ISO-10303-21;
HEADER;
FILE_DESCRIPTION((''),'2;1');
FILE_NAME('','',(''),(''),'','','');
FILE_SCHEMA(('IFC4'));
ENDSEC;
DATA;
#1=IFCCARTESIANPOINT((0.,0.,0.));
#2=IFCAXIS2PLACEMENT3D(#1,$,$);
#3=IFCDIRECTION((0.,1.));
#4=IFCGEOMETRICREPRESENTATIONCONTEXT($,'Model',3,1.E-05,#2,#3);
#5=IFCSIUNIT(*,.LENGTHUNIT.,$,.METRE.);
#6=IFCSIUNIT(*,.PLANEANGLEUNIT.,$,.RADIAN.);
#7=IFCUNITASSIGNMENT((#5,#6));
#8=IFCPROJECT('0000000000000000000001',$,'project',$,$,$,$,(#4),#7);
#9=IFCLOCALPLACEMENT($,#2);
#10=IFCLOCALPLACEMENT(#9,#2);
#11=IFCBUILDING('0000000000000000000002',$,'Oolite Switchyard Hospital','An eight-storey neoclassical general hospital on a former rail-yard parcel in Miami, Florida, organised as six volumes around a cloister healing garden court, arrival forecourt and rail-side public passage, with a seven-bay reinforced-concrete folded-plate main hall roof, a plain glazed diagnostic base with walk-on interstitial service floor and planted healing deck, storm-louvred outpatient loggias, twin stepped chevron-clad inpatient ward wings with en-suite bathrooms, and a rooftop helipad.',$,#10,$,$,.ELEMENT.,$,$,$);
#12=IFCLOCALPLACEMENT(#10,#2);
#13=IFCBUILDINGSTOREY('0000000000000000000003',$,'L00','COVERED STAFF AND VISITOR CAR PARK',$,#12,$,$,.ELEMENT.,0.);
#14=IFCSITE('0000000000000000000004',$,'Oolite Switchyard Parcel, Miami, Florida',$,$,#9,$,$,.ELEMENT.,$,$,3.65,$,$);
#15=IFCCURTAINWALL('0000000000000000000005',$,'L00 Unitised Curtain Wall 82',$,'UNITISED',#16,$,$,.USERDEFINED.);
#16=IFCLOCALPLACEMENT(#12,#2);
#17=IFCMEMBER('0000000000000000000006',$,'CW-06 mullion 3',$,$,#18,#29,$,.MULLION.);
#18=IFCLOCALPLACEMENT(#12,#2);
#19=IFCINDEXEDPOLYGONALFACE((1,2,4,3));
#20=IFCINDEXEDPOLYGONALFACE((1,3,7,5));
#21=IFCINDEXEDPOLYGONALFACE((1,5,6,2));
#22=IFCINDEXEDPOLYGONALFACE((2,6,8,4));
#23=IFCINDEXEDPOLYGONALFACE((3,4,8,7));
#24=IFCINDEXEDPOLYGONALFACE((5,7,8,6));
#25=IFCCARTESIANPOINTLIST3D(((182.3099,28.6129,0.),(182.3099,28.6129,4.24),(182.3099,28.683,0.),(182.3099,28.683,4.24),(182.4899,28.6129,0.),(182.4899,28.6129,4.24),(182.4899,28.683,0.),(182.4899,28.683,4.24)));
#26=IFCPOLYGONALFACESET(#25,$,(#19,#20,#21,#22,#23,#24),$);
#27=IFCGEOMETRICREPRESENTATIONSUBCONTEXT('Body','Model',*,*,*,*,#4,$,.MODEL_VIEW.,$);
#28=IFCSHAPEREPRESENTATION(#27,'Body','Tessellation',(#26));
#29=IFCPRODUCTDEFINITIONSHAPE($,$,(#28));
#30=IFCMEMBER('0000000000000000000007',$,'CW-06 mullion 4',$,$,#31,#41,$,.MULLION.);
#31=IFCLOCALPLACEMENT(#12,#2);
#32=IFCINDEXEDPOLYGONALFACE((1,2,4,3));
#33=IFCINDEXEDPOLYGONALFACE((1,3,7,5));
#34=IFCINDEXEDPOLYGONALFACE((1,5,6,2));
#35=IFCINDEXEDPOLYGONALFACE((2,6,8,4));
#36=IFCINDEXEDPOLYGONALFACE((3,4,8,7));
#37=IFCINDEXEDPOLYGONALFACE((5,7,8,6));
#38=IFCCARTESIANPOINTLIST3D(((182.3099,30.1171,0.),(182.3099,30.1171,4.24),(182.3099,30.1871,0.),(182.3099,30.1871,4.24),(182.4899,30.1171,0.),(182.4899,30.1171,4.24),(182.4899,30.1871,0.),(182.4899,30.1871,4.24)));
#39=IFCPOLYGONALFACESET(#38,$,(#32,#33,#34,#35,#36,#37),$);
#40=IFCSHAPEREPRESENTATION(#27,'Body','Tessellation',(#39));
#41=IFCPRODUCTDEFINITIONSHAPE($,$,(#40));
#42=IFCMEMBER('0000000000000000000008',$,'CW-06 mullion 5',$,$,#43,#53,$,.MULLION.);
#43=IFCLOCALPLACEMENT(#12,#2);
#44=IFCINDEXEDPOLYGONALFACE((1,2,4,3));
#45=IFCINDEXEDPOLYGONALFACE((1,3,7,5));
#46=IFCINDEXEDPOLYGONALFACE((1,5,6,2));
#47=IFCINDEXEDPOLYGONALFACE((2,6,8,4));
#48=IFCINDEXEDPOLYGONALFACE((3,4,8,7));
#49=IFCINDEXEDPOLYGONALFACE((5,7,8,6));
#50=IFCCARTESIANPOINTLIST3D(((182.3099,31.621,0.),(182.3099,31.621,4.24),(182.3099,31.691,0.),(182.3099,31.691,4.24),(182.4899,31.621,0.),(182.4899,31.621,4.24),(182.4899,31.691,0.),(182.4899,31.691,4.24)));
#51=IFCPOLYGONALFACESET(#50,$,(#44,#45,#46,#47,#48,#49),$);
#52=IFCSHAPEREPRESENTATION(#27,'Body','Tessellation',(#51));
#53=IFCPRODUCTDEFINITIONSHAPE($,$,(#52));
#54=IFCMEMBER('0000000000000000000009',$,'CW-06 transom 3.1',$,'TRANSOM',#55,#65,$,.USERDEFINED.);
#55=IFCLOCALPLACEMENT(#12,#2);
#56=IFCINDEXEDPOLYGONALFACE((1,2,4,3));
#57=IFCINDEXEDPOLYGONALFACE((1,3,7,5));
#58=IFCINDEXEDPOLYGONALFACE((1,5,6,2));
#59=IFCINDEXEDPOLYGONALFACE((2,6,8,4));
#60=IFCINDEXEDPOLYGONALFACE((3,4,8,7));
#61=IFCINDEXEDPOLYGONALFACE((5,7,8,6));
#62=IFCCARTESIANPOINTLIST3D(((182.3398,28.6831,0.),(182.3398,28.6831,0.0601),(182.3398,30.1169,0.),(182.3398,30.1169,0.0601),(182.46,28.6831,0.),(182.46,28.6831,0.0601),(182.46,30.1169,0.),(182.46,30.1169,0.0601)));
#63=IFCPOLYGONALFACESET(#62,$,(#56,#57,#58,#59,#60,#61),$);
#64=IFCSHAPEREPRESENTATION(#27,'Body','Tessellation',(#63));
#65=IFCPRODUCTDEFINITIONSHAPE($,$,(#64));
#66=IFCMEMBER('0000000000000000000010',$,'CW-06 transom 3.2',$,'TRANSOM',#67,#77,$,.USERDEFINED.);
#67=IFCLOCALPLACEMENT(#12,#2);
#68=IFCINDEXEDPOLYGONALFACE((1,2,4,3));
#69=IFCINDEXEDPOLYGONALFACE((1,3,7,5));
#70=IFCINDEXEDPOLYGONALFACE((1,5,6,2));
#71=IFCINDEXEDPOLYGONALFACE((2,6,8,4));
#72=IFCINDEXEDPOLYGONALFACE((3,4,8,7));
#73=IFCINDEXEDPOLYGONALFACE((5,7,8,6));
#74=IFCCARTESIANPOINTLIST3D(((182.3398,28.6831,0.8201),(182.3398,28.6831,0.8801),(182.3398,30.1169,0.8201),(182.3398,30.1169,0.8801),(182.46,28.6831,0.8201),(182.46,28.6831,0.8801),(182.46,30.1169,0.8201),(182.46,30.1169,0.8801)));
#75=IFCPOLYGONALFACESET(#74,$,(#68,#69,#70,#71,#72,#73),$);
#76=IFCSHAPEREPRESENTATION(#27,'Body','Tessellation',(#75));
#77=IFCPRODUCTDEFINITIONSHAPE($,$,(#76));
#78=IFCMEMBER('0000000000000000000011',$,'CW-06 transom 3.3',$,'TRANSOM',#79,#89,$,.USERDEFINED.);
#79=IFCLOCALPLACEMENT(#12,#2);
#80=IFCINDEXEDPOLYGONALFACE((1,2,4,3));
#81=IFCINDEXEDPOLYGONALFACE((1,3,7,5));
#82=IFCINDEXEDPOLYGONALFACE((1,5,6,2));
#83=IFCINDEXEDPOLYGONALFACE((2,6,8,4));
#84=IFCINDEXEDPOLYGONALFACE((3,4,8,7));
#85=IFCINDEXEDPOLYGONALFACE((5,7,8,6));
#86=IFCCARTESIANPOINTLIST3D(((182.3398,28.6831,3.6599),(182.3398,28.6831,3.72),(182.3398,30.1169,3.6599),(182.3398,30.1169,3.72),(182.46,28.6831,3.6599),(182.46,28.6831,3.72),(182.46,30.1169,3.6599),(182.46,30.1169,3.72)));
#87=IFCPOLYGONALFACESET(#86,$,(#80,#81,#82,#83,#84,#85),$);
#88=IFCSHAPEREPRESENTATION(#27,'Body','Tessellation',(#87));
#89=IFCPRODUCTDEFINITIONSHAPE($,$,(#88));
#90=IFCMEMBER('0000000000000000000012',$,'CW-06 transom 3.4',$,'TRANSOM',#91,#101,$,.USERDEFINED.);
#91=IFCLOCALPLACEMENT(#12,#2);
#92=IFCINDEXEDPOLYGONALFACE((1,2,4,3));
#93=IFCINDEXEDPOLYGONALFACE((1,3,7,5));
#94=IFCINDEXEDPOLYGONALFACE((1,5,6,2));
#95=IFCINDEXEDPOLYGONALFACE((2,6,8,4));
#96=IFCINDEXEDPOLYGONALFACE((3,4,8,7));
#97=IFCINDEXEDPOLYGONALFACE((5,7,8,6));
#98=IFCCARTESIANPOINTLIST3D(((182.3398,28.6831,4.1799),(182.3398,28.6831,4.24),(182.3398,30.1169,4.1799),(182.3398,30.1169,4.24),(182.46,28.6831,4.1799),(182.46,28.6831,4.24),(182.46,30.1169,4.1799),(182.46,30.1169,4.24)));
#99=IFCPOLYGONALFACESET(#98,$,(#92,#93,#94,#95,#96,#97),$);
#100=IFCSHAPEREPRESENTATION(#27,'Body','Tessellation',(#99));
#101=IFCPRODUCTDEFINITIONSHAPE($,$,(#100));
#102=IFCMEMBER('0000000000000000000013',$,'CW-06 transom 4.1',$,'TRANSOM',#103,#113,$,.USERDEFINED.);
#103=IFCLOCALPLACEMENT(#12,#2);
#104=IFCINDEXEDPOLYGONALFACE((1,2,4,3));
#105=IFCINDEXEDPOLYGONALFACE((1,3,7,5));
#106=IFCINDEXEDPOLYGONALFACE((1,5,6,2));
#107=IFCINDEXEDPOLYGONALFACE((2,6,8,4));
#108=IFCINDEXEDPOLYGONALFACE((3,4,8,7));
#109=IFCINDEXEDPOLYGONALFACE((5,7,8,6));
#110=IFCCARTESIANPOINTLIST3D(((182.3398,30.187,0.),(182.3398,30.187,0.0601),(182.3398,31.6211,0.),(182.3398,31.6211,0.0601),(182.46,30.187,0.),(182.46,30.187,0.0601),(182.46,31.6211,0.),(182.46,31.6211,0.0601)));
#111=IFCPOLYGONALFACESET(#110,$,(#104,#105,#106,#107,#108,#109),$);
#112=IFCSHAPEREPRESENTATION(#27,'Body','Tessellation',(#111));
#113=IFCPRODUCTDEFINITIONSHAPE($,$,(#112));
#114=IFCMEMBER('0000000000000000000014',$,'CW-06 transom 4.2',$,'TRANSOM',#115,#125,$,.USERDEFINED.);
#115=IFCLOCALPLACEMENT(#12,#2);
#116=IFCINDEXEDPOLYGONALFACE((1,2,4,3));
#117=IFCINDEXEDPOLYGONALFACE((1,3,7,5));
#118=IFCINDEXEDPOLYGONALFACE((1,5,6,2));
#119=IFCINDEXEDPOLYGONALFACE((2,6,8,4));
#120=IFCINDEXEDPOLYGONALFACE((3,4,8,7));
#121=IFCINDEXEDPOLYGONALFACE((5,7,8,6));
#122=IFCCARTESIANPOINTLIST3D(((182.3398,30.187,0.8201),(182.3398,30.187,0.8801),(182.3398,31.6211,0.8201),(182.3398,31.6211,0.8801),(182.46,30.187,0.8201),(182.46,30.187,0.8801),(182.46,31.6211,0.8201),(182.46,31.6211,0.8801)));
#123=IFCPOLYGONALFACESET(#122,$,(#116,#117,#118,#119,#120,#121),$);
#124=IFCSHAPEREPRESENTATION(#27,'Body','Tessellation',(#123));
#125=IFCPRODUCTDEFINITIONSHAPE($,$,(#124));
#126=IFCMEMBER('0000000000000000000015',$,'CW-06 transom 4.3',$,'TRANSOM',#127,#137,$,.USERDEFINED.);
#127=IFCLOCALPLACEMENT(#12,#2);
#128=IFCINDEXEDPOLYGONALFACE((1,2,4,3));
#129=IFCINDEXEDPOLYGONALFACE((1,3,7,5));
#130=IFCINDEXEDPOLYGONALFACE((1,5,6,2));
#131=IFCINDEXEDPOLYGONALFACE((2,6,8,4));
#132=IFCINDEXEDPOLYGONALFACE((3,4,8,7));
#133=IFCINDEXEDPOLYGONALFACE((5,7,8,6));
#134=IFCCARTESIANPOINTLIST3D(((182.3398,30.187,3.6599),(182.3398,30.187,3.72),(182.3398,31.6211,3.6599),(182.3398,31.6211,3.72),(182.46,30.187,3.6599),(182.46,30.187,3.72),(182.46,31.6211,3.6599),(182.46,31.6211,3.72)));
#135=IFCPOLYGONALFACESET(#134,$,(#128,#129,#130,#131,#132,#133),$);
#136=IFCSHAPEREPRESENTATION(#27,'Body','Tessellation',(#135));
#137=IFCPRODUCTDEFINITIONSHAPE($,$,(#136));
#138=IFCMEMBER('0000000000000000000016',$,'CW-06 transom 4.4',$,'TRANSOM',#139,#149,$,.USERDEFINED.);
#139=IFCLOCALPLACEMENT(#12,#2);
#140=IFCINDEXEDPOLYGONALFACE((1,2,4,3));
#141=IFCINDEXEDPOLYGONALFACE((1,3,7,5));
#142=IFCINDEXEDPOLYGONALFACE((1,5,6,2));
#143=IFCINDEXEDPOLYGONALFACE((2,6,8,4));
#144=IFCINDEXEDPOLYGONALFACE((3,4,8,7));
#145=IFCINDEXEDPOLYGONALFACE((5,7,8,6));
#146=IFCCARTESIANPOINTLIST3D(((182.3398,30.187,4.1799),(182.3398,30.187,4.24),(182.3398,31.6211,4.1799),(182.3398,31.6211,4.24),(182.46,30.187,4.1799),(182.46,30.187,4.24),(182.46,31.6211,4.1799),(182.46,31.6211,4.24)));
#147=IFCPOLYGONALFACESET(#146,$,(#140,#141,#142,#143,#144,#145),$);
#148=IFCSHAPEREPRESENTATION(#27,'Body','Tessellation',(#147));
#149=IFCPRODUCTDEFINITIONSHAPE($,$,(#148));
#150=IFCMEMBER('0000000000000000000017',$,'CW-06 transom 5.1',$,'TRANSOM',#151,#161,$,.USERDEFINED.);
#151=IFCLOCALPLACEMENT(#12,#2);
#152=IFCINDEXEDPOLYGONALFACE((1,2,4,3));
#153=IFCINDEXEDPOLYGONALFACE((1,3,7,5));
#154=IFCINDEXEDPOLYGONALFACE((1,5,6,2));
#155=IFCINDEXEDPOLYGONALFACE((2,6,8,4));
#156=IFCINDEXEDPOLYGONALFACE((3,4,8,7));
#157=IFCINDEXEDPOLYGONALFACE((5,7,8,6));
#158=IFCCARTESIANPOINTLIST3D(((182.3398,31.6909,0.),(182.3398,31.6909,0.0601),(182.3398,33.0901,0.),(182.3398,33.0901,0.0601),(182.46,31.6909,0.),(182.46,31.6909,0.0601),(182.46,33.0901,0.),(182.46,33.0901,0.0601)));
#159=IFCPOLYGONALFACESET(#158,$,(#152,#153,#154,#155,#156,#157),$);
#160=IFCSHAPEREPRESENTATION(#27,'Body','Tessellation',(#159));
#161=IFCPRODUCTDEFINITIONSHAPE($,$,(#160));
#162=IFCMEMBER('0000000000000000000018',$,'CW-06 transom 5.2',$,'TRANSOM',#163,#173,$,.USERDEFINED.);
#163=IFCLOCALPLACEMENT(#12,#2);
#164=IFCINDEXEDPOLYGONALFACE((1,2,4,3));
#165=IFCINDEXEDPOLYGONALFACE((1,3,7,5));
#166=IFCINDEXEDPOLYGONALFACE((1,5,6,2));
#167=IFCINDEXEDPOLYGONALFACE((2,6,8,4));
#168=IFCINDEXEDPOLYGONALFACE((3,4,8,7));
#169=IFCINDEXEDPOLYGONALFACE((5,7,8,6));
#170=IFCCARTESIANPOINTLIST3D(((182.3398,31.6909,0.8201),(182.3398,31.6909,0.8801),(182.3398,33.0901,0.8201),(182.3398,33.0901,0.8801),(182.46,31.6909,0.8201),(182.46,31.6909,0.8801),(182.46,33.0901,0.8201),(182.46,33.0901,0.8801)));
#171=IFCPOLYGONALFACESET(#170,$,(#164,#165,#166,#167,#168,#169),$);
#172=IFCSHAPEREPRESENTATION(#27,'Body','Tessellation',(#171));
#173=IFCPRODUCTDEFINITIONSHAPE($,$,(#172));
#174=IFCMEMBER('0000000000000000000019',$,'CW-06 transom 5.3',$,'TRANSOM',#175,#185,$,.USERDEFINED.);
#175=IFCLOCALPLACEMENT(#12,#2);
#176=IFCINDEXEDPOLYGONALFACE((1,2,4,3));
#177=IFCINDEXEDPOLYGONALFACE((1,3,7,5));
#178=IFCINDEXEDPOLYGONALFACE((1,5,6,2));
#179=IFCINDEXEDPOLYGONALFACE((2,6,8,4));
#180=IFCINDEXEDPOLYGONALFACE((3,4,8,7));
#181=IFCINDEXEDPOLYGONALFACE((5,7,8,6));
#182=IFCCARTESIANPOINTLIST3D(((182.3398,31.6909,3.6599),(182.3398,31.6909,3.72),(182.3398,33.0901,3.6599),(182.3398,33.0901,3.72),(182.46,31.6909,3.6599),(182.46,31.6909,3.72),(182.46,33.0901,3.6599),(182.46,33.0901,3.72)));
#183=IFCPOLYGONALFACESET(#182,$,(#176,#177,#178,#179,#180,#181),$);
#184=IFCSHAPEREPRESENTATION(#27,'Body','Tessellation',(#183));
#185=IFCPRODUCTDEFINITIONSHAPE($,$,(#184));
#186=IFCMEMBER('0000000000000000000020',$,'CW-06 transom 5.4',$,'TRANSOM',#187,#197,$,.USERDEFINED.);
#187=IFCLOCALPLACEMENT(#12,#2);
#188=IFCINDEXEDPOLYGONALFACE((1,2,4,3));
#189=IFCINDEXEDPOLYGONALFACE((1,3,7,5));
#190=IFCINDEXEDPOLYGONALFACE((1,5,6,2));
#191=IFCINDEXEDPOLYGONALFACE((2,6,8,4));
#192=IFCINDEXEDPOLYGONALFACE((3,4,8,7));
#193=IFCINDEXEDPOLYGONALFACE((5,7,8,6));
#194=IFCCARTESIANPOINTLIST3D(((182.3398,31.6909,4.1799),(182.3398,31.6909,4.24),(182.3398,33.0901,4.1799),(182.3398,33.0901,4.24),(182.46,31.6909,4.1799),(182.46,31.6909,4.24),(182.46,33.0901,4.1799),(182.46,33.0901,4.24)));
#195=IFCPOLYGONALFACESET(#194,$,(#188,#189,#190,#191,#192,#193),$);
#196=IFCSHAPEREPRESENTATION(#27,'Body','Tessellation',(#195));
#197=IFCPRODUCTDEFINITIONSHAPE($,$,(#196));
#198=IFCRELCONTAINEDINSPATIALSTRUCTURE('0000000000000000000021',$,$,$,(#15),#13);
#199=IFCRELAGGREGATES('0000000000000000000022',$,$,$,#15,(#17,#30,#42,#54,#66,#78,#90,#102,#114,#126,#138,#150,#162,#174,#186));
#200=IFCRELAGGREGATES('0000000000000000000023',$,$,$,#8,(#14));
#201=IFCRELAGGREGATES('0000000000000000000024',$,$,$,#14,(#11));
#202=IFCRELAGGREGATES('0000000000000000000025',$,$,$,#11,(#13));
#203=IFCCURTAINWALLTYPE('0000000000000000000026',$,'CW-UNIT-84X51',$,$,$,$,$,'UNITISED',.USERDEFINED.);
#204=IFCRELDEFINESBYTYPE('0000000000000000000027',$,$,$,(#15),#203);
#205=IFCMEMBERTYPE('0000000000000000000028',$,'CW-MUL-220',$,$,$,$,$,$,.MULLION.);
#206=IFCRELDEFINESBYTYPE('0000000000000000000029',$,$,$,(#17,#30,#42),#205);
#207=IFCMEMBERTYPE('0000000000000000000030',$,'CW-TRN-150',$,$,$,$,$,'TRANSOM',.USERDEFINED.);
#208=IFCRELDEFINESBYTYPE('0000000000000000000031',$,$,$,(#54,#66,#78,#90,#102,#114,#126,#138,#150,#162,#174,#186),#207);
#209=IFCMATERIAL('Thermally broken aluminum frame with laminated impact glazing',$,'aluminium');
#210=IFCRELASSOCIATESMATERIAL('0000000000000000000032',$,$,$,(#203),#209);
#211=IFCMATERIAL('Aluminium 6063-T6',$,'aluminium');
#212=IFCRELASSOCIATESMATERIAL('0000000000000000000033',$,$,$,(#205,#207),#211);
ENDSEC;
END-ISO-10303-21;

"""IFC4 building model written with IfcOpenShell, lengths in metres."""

from ifc_helpers import new_model, si_unit, direction, frame, origin, origin_2d, place, context, subcontext, project, spatial, rectangle, extrude, material, material_profile, profile_set, type_object, element, aggregate, save


model = new_model("IFC4")

# Units and contexts
model_context = context("Model", 3, precision=1e-05, world=origin(), true_north=direction((0.0, 1.0)))
body_context = subcontext(model_context, "Body", "Model", "MODEL_VIEW")
ifc_project = project(units=[si_unit("LENGTHUNIT", "METRE"), si_unit("PLANEANGLEUNIT", "RADIAN")], contexts=[model_context])

# Site, building, storey
site_placement = place(None, origin())
site = spatial("IfcSite", under=ifc_project, at=site_placement, Name="Oolite Switchyard Parcel, Miami, Florida", CompositionType="ELEMENT", RefElevation=3.65)
building_placement = place(site_placement, origin())
building = spatial("IfcBuilding", under=site, at=building_placement, Name="Oolite Switchyard Hospital", Description="An eight-storey neoclassical general hospital on a former rail-yard parcel in Miami, Florida, organised as six volumes around a cloister healing garden court, arrival forecourt and rail-side public passage, with a seven-bay reinforced-concrete folded-plate main hall roof, a plain glazed diagnostic base with walk-on interstitial service floor and planted healing deck, storm-louvred outpatient loggias, twin stepped chevron-clad inpatient ward wings with en-suite bathrooms, and a rooftop helipad.", CompositionType="ELEMENT")
storey_placement = place(building_placement, origin())
storey = spatial("IfcBuildingStorey", under=building, at=storey_placement, Name="L00", Description="COVERED STAFF AND VISITOR CAR PARK", CompositionType="ELEMENT", Elevation=0.0)

# Curtain wall, members
ifc_material_1 = material(Name="Thermally broken aluminum frame with laminated impact glazing", Category="aluminium")
curtain_wall_type = type_object("IfcCurtainWallType", Name="CW-UNIT-84X51", ElementType="UNITISED", PredefinedType="USERDEFINED", material=ifc_material_1)
curtain_wall_placement = place(storey_placement, origin())
curtain_wall = element("IfcCurtainWall", 1, at=curtain_wall_placement, inside=storey, type_object=curtain_wall_type, Name="L00 Unitised Curtain Wall 82", ObjectType="UNITISED", PredefinedType="USERDEFINED")
ifc_material_2 = material(Name="Aluminium 6063-T6", Category="aluminium")
ifc_material_profile_1 = material_profile(ifc_material_2, rectangle(XDim=0.1799, YDim=0.0701, at=origin_2d()), Name="CWM70X180")
ifc_profile_set_1 = profile_set([ifc_material_profile_1], Name="Aluminium 6063-T6")
member_type_1 = type_object("IfcMemberType", Name="CW-MUL-220", PredefinedType="MULLION", material=ifc_profile_set_1)
member_1_placement = place(storey_placement, frame((182.3999, 28.6479, 0.0), z_axis=(0.0, 0.0, 1.0), x_axis=(-1.0, 0.0, 0.0)))
member_1 = element("IfcMember", 2, at=member_1_placement, type_object=member_type_1, Name="CW-06 mullion 3", PredefinedType="MULLION", context=body_context, shape_type="SweptSolid", body=[
    extrude(rectangle(XDim=0.1799, YDim=0.0701, at=origin_2d()), origin(), (0.0, 0.0, 1.0), 4.24),
])
member_2_placement = place(storey_placement, frame((182.3999, 30.1521, 0.0), z_axis=(0.0, 0.0, 1.0), x_axis=(-1.0, 0.0, 0.0)))
member_2 = element("IfcMember", 3, at=member_2_placement, type_object=member_type_1, Name="CW-06 mullion 4", PredefinedType="MULLION", context=body_context, shape_type="SweptSolid", body=[
    extrude(rectangle(XDim=0.1799, YDim=0.0701, at=origin_2d()), origin(), (0.0, 0.0, 1.0), 4.24),
])
member_3_placement = place(storey_placement, frame((182.3999, 31.656, 0.0), z_axis=(0.0, 0.0, 1.0), x_axis=(-1.0, 0.0, 0.0)))
member_3 = element("IfcMember", 4, at=member_3_placement, type_object=member_type_1, Name="CW-06 mullion 5", PredefinedType="MULLION", context=body_context, shape_type="SweptSolid", body=[
    extrude(rectangle(XDim=0.1799, YDim=0.0701, at=origin_2d()), origin(), (0.0, 0.0, 1.0), 4.24),
])
ifc_material_profile_2 = material_profile(ifc_material_2, rectangle(XDim=0.1201, YDim=0.0601, at=origin_2d()), Name="CWT60X120")
ifc_profile_set_2 = profile_set([ifc_material_profile_2], Name="Aluminium 6063-T6")
member_type_2 = type_object("IfcMemberType", Name="CW-TRN-150", ElementType="TRANSOM", PredefinedType="USERDEFINED", material=ifc_profile_set_2)
member_4_placement = place(storey_placement, frame((182.3999, 28.6831, 0.03), z_axis=(0.0, 1.0, 0.0), x_axis=(-1.0, 0.0, 0.0)))
member_4 = element("IfcMember", 5, at=member_4_placement, type_object=member_type_2, Name="CW-06 transom 3.1", ObjectType="TRANSOM", PredefinedType="USERDEFINED", context=body_context, shape_type="SweptSolid", body=[
    extrude(rectangle(XDim=0.1201, YDim=0.0601, at=origin_2d()), origin(), (0.0, 0.0, 1.0), 1.4338),
])
member_5_placement = place(storey_placement, frame((182.3999, 28.6831, 0.8501), z_axis=(0.0, 1.0, 0.0), x_axis=(-1.0, 0.0, 0.0)))
member_5 = element("IfcMember", 6, at=member_5_placement, type_object=member_type_2, Name="CW-06 transom 3.2", ObjectType="TRANSOM", PredefinedType="USERDEFINED", context=body_context, shape_type="SweptSolid", body=[
    extrude(rectangle(XDim=0.1201, YDim=0.0601, at=origin_2d()), origin(), (0.0, 0.0, 1.0), 1.4338),
])
member_6_placement = place(storey_placement, frame((182.3999, 28.6831, 3.6899), z_axis=(0.0, 1.0, 0.0), x_axis=(-1.0, 0.0, 0.0)))
member_6 = element("IfcMember", 7, at=member_6_placement, type_object=member_type_2, Name="CW-06 transom 3.3", ObjectType="TRANSOM", PredefinedType="USERDEFINED", context=body_context, shape_type="SweptSolid", body=[
    extrude(rectangle(XDim=0.1201, YDim=0.0601, at=origin_2d()), origin(), (0.0, 0.0, 1.0), 1.4338),
])
member_7_placement = place(storey_placement, frame((182.3999, 28.6831, 4.21), z_axis=(0.0, 1.0, 0.0), x_axis=(-1.0, 0.0, 0.0)))
member_7 = element("IfcMember", 8, at=member_7_placement, type_object=member_type_2, Name="CW-06 transom 3.4", ObjectType="TRANSOM", PredefinedType="USERDEFINED", context=body_context, shape_type="SweptSolid", body=[
    extrude(rectangle(XDim=0.1201, YDim=0.0601, at=origin_2d()), origin(), (0.0, 0.0, 1.0), 1.4338),
])
member_8_placement = place(storey_placement, frame((182.3999, 30.187, 0.03), z_axis=(0.0, 1.0, 0.0), x_axis=(-1.0, 0.0, 0.0)))
member_8 = element("IfcMember", 9, at=member_8_placement, type_object=member_type_2, Name="CW-06 transom 4.1", ObjectType="TRANSOM", PredefinedType="USERDEFINED", context=body_context, shape_type="SweptSolid", body=[
    extrude(rectangle(XDim=0.1201, YDim=0.0601, at=origin_2d()), origin(), (0.0, 0.0, 1.0), 1.4341),
])
member_9_placement = place(storey_placement, frame((182.3999, 30.187, 0.8501), z_axis=(0.0, 1.0, 0.0), x_axis=(-1.0, 0.0, 0.0)))
member_9 = element("IfcMember", 10, at=member_9_placement, type_object=member_type_2, Name="CW-06 transom 4.2", ObjectType="TRANSOM", PredefinedType="USERDEFINED", context=body_context, shape_type="SweptSolid", body=[
    extrude(rectangle(XDim=0.1201, YDim=0.0601, at=origin_2d()), origin(), (0.0, 0.0, 1.0), 1.4341),
])
member_10_placement = place(storey_placement, frame((182.3999, 30.187, 3.6899), z_axis=(0.0, 1.0, 0.0), x_axis=(-1.0, 0.0, 0.0)))
member_10 = element("IfcMember", 11, at=member_10_placement, type_object=member_type_2, Name="CW-06 transom 4.3", ObjectType="TRANSOM", PredefinedType="USERDEFINED", context=body_context, shape_type="SweptSolid", body=[
    extrude(rectangle(XDim=0.1201, YDim=0.0601, at=origin_2d()), origin(), (0.0, 0.0, 1.0), 1.4341),
])
member_11_placement = place(storey_placement, frame((182.3999, 30.187, 4.21), z_axis=(0.0, 1.0, 0.0), x_axis=(-1.0, 0.0, 0.0)))
member_11 = element("IfcMember", 12, at=member_11_placement, type_object=member_type_2, Name="CW-06 transom 4.4", ObjectType="TRANSOM", PredefinedType="USERDEFINED", context=body_context, shape_type="SweptSolid", body=[
    extrude(rectangle(XDim=0.1201, YDim=0.0601, at=origin_2d()), origin(), (0.0, 0.0, 1.0), 1.4341),
])
member_12_placement = place(storey_placement, frame((182.3999, 31.6909, 0.03), z_axis=(0.0, 1.0, 0.0), x_axis=(-1.0, 0.0, 0.0)))
member_12 = element("IfcMember", 13, at=member_12_placement, type_object=member_type_2, Name="CW-06 transom 5.1", ObjectType="TRANSOM", PredefinedType="USERDEFINED", context=body_context, shape_type="SweptSolid", body=[
    extrude(rectangle(XDim=0.1201, YDim=0.0601, at=origin_2d()), origin(), (0.0, 0.0, 1.0), 1.3992),
])
member_13_placement = place(storey_placement, frame((182.3999, 31.6909, 0.8501), z_axis=(0.0, 1.0, 0.0), x_axis=(-1.0, 0.0, 0.0)))
member_13 = element("IfcMember", 14, at=member_13_placement, type_object=member_type_2, Name="CW-06 transom 5.2", ObjectType="TRANSOM", PredefinedType="USERDEFINED", context=body_context, shape_type="SweptSolid", body=[
    extrude(rectangle(XDim=0.1201, YDim=0.0601, at=origin_2d()), origin(), (0.0, 0.0, 1.0), 1.3992),
])
member_14_placement = place(storey_placement, frame((182.3999, 31.6909, 3.6899), z_axis=(0.0, 1.0, 0.0), x_axis=(-1.0, 0.0, 0.0)))
member_14 = element("IfcMember", 15, at=member_14_placement, type_object=member_type_2, Name="CW-06 transom 5.3", ObjectType="TRANSOM", PredefinedType="USERDEFINED", context=body_context, shape_type="SweptSolid", body=[
    extrude(rectangle(XDim=0.1201, YDim=0.0601, at=origin_2d()), origin(), (0.0, 0.0, 1.0), 1.3992),
])
member_15_placement = place(storey_placement, frame((182.3999, 31.6909, 4.21), z_axis=(0.0, 1.0, 0.0), x_axis=(-1.0, 0.0, 0.0)))
member_15 = element("IfcMember", 16, at=member_15_placement, type_object=member_type_2, Name="CW-06 transom 5.4", ObjectType="TRANSOM", PredefinedType="USERDEFINED", context=body_context, shape_type="SweptSolid", body=[
    extrude(rectangle(XDim=0.1201, YDim=0.0601, at=origin_2d()), origin(), (0.0, 0.0, 1.0), 1.3992),
])
aggregate(curtain_wall, [member_1, member_2, member_3, member_4, member_5, member_6, member_7, member_8, member_9, member_10, member_11, member_12, member_13, member_14, member_15])

save(model, "model.ifc")
